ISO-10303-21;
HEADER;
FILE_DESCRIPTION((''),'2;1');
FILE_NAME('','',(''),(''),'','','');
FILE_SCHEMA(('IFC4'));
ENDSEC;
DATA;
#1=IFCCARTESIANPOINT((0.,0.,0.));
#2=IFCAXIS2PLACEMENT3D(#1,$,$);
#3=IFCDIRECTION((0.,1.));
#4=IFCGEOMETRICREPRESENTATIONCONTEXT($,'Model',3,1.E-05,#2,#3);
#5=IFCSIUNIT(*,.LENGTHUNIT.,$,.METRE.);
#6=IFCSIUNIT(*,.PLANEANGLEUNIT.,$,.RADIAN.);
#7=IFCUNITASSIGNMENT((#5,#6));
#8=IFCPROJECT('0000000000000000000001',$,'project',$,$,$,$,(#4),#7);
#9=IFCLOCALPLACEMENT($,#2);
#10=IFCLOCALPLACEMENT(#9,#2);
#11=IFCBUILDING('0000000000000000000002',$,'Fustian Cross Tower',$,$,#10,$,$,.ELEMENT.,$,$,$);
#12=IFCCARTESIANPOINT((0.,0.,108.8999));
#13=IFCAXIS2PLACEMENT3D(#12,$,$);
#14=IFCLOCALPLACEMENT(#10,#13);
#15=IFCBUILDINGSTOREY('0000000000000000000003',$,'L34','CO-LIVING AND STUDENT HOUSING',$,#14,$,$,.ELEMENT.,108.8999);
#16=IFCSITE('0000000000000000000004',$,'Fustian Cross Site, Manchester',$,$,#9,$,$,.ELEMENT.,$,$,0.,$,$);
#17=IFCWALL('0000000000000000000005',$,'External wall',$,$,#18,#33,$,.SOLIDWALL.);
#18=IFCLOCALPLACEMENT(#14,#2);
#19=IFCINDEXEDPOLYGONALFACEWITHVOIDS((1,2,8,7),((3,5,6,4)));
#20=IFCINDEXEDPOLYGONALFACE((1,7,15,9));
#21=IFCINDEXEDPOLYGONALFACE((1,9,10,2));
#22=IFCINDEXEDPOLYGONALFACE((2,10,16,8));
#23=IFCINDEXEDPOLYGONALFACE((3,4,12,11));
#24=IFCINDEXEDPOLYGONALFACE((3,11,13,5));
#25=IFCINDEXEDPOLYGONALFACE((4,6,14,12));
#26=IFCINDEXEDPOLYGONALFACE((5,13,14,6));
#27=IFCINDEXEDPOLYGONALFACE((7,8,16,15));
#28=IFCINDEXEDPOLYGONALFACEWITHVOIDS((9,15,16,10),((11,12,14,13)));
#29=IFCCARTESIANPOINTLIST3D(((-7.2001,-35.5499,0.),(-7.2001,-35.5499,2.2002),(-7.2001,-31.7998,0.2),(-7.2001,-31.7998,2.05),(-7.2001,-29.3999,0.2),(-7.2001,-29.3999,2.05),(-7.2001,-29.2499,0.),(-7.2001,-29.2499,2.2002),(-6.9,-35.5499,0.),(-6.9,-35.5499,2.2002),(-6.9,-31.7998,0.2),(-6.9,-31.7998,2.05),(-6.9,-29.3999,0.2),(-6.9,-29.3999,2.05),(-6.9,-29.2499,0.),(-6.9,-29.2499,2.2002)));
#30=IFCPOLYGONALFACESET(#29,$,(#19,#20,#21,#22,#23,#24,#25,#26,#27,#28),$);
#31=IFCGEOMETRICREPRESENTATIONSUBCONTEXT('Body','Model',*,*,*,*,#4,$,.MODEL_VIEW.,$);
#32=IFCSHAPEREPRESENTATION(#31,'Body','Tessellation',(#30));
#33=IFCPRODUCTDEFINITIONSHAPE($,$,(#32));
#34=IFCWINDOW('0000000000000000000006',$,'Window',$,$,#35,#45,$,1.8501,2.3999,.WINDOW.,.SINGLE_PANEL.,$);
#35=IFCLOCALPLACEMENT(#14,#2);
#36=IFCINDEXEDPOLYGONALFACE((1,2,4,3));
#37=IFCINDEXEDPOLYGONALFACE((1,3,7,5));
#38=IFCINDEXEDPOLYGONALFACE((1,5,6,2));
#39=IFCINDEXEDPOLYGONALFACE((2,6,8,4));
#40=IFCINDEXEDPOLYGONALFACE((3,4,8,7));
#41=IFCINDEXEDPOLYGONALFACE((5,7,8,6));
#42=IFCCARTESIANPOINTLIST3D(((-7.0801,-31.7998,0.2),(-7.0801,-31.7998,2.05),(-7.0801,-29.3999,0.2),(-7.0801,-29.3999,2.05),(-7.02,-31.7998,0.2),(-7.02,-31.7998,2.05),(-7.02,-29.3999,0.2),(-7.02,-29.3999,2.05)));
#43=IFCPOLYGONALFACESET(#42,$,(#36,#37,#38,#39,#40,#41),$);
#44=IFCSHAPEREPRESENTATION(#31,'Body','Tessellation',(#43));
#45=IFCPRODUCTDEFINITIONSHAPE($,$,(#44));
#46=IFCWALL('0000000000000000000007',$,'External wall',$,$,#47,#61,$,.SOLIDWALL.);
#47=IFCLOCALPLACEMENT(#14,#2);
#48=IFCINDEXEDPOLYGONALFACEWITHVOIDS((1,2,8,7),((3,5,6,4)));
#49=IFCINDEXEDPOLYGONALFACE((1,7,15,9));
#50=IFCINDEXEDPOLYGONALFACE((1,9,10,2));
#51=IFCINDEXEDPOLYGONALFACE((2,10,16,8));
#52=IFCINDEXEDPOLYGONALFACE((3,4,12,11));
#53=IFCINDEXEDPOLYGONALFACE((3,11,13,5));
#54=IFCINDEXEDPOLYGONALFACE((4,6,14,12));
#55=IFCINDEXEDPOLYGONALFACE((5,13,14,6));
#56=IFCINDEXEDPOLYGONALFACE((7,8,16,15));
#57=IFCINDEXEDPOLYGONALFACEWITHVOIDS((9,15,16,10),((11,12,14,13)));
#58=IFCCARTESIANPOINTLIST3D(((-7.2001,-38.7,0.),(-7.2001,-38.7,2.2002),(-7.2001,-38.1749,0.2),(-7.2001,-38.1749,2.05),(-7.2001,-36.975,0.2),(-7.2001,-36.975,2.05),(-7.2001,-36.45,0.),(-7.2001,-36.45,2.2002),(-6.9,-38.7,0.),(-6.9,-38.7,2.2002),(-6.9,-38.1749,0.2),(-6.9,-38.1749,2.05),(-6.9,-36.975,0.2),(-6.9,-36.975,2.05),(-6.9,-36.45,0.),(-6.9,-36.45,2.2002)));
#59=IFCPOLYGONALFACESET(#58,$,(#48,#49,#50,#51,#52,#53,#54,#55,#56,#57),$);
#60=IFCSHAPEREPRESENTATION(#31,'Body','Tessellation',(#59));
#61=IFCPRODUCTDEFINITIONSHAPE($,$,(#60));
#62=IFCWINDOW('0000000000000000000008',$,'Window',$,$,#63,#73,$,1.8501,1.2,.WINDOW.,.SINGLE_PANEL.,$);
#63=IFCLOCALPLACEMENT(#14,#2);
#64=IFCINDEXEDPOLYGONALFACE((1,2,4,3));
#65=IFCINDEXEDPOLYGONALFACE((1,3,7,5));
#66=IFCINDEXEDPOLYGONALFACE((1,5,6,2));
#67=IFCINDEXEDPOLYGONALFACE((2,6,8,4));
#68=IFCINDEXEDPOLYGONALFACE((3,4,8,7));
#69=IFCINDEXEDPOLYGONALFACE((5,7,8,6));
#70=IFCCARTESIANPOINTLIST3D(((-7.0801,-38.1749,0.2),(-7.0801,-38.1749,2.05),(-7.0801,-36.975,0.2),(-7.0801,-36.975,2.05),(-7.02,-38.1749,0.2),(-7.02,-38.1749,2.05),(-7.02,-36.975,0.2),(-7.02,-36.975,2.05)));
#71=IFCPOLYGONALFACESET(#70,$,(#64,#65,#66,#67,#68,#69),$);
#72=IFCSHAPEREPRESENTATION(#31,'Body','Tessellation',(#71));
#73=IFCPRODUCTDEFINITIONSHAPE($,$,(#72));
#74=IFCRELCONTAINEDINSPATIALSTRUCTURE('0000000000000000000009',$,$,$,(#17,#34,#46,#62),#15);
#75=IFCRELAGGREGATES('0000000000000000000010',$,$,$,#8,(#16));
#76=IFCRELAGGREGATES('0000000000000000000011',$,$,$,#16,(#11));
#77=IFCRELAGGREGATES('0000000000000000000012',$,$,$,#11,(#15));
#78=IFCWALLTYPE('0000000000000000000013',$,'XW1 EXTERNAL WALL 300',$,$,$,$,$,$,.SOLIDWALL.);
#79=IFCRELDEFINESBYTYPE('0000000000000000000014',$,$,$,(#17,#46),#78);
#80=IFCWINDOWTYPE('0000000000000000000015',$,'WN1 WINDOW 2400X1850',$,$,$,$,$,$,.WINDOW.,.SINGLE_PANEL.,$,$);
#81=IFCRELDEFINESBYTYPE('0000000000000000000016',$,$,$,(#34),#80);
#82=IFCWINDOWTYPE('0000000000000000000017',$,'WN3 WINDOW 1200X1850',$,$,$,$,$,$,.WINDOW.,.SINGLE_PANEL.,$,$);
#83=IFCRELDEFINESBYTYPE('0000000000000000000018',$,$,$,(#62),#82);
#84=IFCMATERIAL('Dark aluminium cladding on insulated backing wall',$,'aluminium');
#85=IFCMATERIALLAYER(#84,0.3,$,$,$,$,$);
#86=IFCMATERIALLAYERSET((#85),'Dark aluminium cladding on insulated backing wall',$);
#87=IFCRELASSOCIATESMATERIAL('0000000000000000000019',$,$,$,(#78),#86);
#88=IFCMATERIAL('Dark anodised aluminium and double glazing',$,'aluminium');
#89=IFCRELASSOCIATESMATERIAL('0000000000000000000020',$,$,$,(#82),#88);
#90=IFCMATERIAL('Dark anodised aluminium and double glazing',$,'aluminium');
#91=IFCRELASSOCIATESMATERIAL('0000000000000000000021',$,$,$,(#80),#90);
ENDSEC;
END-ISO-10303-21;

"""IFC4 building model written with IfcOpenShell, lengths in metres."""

from ifc_helpers import new_model, si_unit, direction, frame, frame_2d, origin, place, context, subcontext, project, spatial, rectangle, extrude, material, layer, layer_set, type_object, element, fill, save


model = new_model("IFC4")

# Units and contexts
model_context = context("Model", 3, precision=1e-05, world=origin(), true_north=direction((0.0, 1.0)))
body_context = subcontext(model_context, "Body", "Model", "MODEL_VIEW")
ifc_project = project(units=[si_unit("LENGTHUNIT", "METRE"), si_unit("PLANEANGLEUNIT", "RADIAN")], contexts=[model_context])

# Site, building, storey
site_placement = place(None, origin())
site = spatial("IfcSite", under=ifc_project, at=site_placement, Name="Fustian Cross Site, Manchester", CompositionType="ELEMENT", RefElevation=0.0)
building_placement = place(site_placement, origin())
building = spatial("IfcBuilding", under=site, at=building_placement, Name="Fustian Cross Tower", CompositionType="ELEMENT")
storey_placement = place(building_placement, frame((0.0, 0.0, 108.8999)))
storey = spatial("IfcBuildingStorey", under=building, at=storey_placement, Name="L34", Description="CO-LIVING AND STUDENT HOUSING", CompositionType="ELEMENT", Elevation=108.8999)

# Shared definitions
ifc_material_1 = material(Name="Dark aluminium cladding on insulated backing wall", Category="aluminium")
ifc_layer_1 = layer(ifc_material_1, 0.3)
ifc_layer_set_1 = layer_set([ifc_layer_1], Name="Dark aluminium cladding on insulated backing wall")
wall_type_1 = type_object("IfcWallType", Name="XW1 EXTERNAL WALL 300", PredefinedType="SOLIDWALL", material=ifc_layer_set_1)

# Shared definitions
ifc_material_2 = material(Name="Dark anodised aluminium and double glazing", Category="aluminium")
window_type_1 = type_object("IfcWindowType", Name="WN3 WINDOW 1200X1850", PartitioningType="SINGLE_PANEL", PredefinedType="WINDOW", material=ifc_material_2)

# Walls, openings, windows
wall_1_placement = place(storey_placement, frame((-7.05, -29.25, 0.0), z_axis=(0.0, 0.0, 1.0), x_axis=(0.0, -1.0, 0.0)))
wall_1 = element("IfcWall", 1, at=wall_1_placement, inside=storey, type_object=wall_type_1, Name="External wall", PredefinedType="SOLIDWALL", context=body_context, shape_type="SweptSolid", body=[
    extrude(rectangle(XDim=6.3, YDim=0.3, at=frame_2d((3.1499, 0.0))), origin(), (0.0, 0.0, 1.0), 2.2002),
])
opening_1_placement = place(wall_1_placement, frame((0.1499, 0.0, 0.2)))
opening_1 = element("IfcOpeningElement", 2, at=opening_1_placement, cuts=wall_1, PredefinedType="OPENING", context=body_context, shape_type="SweptSolid", body=[
    extrude(rectangle(XDim=2.3999, YDim=1.8501, at=frame_2d((1.2, 0.925))), frame((0.0, 0.1599, 0.0), z_axis=(0.0, -1.0, 0.0), x_axis=(1.0, 0.0, 0.0)), (0.0, 0.0, 1.0), 0.3201),
])
ifc_material_3 = material(Name="Dark anodised aluminium and double glazing", Category="aluminium")
window_type_2 = type_object("IfcWindowType", Name="WN1 WINDOW 2400X1850", PartitioningType="SINGLE_PANEL", PredefinedType="WINDOW", material=ifc_material_3)
window_1_placement = place(opening_1_placement, origin())
window_1 = element("IfcWindow", 3, at=window_1_placement, inside=storey, type_object=window_type_2, Name="Window", OverallHeight=1.8501, OverallWidth=2.3999, PartitioningType="SINGLE_PANEL", PredefinedType="WINDOW", context=body_context, shape_type="SweptSolid", body=[
    extrude(rectangle(XDim=2.3999, YDim=1.8501, at=frame_2d((1.2, 0.925))), frame((0.0, 0.03, 0.0), z_axis=(0.0, -1.0, 0.0), x_axis=(1.0, 0.0, 0.0)), (0.0, 0.0, 1.0), 0.0601),
])
fill(opening_1, window_1)
wall_2_placement = place(storey_placement, frame((-7.05, -36.45, 0.0), z_axis=(0.0, 0.0, 1.0), x_axis=(0.0, -1.0, 0.0)))
wall_2 = element("IfcWall", 4, at=wall_2_placement, inside=storey, type_object=wall_type_1, Name="External wall", PredefinedType="SOLIDWALL", context=body_context, shape_type="SweptSolid", body=[
    extrude(rectangle(XDim=2.25, YDim=0.3, at=frame_2d((1.125, 0.0))), origin(), (0.0, 0.0, 1.0), 2.2002),
])
opening_2_placement = place(wall_2_placement, frame((0.5249, 0.0, 0.2)))
opening_2 = element("IfcOpeningElement", 5, at=opening_2_placement, cuts=wall_2, PredefinedType="OPENING", context=body_context, shape_type="SweptSolid", body=[
    extrude(rectangle(XDim=1.2, YDim=1.8501, at=frame_2d((0.6001, 0.925))), frame((0.0, 0.1599, 0.0), z_axis=(0.0, -1.0, 0.0), x_axis=(1.0, 0.0, 0.0)), (0.0, 0.0, 1.0), 0.3201),
])
window_2_placement = place(opening_2_placement, origin())
window_2 = element("IfcWindow", 6, at=window_2_placement, inside=storey, type_object=window_type_1, Name="Window", OverallHeight=1.8501, OverallWidth=1.2, PartitioningType="SINGLE_PANEL", PredefinedType="WINDOW", context=body_context, shape_type="SweptSolid", body=[
    extrude(rectangle(XDim=1.2, YDim=1.8501, at=frame_2d((0.6001, 0.925))), frame((0.0, 0.03, 0.0), z_axis=(0.0, -1.0, 0.0), x_axis=(1.0, 0.0, 0.0)), (0.0, 0.0, 1.0), 0.0601),
])
fill(opening_2, window_2)

save(model, "model.ifc")
